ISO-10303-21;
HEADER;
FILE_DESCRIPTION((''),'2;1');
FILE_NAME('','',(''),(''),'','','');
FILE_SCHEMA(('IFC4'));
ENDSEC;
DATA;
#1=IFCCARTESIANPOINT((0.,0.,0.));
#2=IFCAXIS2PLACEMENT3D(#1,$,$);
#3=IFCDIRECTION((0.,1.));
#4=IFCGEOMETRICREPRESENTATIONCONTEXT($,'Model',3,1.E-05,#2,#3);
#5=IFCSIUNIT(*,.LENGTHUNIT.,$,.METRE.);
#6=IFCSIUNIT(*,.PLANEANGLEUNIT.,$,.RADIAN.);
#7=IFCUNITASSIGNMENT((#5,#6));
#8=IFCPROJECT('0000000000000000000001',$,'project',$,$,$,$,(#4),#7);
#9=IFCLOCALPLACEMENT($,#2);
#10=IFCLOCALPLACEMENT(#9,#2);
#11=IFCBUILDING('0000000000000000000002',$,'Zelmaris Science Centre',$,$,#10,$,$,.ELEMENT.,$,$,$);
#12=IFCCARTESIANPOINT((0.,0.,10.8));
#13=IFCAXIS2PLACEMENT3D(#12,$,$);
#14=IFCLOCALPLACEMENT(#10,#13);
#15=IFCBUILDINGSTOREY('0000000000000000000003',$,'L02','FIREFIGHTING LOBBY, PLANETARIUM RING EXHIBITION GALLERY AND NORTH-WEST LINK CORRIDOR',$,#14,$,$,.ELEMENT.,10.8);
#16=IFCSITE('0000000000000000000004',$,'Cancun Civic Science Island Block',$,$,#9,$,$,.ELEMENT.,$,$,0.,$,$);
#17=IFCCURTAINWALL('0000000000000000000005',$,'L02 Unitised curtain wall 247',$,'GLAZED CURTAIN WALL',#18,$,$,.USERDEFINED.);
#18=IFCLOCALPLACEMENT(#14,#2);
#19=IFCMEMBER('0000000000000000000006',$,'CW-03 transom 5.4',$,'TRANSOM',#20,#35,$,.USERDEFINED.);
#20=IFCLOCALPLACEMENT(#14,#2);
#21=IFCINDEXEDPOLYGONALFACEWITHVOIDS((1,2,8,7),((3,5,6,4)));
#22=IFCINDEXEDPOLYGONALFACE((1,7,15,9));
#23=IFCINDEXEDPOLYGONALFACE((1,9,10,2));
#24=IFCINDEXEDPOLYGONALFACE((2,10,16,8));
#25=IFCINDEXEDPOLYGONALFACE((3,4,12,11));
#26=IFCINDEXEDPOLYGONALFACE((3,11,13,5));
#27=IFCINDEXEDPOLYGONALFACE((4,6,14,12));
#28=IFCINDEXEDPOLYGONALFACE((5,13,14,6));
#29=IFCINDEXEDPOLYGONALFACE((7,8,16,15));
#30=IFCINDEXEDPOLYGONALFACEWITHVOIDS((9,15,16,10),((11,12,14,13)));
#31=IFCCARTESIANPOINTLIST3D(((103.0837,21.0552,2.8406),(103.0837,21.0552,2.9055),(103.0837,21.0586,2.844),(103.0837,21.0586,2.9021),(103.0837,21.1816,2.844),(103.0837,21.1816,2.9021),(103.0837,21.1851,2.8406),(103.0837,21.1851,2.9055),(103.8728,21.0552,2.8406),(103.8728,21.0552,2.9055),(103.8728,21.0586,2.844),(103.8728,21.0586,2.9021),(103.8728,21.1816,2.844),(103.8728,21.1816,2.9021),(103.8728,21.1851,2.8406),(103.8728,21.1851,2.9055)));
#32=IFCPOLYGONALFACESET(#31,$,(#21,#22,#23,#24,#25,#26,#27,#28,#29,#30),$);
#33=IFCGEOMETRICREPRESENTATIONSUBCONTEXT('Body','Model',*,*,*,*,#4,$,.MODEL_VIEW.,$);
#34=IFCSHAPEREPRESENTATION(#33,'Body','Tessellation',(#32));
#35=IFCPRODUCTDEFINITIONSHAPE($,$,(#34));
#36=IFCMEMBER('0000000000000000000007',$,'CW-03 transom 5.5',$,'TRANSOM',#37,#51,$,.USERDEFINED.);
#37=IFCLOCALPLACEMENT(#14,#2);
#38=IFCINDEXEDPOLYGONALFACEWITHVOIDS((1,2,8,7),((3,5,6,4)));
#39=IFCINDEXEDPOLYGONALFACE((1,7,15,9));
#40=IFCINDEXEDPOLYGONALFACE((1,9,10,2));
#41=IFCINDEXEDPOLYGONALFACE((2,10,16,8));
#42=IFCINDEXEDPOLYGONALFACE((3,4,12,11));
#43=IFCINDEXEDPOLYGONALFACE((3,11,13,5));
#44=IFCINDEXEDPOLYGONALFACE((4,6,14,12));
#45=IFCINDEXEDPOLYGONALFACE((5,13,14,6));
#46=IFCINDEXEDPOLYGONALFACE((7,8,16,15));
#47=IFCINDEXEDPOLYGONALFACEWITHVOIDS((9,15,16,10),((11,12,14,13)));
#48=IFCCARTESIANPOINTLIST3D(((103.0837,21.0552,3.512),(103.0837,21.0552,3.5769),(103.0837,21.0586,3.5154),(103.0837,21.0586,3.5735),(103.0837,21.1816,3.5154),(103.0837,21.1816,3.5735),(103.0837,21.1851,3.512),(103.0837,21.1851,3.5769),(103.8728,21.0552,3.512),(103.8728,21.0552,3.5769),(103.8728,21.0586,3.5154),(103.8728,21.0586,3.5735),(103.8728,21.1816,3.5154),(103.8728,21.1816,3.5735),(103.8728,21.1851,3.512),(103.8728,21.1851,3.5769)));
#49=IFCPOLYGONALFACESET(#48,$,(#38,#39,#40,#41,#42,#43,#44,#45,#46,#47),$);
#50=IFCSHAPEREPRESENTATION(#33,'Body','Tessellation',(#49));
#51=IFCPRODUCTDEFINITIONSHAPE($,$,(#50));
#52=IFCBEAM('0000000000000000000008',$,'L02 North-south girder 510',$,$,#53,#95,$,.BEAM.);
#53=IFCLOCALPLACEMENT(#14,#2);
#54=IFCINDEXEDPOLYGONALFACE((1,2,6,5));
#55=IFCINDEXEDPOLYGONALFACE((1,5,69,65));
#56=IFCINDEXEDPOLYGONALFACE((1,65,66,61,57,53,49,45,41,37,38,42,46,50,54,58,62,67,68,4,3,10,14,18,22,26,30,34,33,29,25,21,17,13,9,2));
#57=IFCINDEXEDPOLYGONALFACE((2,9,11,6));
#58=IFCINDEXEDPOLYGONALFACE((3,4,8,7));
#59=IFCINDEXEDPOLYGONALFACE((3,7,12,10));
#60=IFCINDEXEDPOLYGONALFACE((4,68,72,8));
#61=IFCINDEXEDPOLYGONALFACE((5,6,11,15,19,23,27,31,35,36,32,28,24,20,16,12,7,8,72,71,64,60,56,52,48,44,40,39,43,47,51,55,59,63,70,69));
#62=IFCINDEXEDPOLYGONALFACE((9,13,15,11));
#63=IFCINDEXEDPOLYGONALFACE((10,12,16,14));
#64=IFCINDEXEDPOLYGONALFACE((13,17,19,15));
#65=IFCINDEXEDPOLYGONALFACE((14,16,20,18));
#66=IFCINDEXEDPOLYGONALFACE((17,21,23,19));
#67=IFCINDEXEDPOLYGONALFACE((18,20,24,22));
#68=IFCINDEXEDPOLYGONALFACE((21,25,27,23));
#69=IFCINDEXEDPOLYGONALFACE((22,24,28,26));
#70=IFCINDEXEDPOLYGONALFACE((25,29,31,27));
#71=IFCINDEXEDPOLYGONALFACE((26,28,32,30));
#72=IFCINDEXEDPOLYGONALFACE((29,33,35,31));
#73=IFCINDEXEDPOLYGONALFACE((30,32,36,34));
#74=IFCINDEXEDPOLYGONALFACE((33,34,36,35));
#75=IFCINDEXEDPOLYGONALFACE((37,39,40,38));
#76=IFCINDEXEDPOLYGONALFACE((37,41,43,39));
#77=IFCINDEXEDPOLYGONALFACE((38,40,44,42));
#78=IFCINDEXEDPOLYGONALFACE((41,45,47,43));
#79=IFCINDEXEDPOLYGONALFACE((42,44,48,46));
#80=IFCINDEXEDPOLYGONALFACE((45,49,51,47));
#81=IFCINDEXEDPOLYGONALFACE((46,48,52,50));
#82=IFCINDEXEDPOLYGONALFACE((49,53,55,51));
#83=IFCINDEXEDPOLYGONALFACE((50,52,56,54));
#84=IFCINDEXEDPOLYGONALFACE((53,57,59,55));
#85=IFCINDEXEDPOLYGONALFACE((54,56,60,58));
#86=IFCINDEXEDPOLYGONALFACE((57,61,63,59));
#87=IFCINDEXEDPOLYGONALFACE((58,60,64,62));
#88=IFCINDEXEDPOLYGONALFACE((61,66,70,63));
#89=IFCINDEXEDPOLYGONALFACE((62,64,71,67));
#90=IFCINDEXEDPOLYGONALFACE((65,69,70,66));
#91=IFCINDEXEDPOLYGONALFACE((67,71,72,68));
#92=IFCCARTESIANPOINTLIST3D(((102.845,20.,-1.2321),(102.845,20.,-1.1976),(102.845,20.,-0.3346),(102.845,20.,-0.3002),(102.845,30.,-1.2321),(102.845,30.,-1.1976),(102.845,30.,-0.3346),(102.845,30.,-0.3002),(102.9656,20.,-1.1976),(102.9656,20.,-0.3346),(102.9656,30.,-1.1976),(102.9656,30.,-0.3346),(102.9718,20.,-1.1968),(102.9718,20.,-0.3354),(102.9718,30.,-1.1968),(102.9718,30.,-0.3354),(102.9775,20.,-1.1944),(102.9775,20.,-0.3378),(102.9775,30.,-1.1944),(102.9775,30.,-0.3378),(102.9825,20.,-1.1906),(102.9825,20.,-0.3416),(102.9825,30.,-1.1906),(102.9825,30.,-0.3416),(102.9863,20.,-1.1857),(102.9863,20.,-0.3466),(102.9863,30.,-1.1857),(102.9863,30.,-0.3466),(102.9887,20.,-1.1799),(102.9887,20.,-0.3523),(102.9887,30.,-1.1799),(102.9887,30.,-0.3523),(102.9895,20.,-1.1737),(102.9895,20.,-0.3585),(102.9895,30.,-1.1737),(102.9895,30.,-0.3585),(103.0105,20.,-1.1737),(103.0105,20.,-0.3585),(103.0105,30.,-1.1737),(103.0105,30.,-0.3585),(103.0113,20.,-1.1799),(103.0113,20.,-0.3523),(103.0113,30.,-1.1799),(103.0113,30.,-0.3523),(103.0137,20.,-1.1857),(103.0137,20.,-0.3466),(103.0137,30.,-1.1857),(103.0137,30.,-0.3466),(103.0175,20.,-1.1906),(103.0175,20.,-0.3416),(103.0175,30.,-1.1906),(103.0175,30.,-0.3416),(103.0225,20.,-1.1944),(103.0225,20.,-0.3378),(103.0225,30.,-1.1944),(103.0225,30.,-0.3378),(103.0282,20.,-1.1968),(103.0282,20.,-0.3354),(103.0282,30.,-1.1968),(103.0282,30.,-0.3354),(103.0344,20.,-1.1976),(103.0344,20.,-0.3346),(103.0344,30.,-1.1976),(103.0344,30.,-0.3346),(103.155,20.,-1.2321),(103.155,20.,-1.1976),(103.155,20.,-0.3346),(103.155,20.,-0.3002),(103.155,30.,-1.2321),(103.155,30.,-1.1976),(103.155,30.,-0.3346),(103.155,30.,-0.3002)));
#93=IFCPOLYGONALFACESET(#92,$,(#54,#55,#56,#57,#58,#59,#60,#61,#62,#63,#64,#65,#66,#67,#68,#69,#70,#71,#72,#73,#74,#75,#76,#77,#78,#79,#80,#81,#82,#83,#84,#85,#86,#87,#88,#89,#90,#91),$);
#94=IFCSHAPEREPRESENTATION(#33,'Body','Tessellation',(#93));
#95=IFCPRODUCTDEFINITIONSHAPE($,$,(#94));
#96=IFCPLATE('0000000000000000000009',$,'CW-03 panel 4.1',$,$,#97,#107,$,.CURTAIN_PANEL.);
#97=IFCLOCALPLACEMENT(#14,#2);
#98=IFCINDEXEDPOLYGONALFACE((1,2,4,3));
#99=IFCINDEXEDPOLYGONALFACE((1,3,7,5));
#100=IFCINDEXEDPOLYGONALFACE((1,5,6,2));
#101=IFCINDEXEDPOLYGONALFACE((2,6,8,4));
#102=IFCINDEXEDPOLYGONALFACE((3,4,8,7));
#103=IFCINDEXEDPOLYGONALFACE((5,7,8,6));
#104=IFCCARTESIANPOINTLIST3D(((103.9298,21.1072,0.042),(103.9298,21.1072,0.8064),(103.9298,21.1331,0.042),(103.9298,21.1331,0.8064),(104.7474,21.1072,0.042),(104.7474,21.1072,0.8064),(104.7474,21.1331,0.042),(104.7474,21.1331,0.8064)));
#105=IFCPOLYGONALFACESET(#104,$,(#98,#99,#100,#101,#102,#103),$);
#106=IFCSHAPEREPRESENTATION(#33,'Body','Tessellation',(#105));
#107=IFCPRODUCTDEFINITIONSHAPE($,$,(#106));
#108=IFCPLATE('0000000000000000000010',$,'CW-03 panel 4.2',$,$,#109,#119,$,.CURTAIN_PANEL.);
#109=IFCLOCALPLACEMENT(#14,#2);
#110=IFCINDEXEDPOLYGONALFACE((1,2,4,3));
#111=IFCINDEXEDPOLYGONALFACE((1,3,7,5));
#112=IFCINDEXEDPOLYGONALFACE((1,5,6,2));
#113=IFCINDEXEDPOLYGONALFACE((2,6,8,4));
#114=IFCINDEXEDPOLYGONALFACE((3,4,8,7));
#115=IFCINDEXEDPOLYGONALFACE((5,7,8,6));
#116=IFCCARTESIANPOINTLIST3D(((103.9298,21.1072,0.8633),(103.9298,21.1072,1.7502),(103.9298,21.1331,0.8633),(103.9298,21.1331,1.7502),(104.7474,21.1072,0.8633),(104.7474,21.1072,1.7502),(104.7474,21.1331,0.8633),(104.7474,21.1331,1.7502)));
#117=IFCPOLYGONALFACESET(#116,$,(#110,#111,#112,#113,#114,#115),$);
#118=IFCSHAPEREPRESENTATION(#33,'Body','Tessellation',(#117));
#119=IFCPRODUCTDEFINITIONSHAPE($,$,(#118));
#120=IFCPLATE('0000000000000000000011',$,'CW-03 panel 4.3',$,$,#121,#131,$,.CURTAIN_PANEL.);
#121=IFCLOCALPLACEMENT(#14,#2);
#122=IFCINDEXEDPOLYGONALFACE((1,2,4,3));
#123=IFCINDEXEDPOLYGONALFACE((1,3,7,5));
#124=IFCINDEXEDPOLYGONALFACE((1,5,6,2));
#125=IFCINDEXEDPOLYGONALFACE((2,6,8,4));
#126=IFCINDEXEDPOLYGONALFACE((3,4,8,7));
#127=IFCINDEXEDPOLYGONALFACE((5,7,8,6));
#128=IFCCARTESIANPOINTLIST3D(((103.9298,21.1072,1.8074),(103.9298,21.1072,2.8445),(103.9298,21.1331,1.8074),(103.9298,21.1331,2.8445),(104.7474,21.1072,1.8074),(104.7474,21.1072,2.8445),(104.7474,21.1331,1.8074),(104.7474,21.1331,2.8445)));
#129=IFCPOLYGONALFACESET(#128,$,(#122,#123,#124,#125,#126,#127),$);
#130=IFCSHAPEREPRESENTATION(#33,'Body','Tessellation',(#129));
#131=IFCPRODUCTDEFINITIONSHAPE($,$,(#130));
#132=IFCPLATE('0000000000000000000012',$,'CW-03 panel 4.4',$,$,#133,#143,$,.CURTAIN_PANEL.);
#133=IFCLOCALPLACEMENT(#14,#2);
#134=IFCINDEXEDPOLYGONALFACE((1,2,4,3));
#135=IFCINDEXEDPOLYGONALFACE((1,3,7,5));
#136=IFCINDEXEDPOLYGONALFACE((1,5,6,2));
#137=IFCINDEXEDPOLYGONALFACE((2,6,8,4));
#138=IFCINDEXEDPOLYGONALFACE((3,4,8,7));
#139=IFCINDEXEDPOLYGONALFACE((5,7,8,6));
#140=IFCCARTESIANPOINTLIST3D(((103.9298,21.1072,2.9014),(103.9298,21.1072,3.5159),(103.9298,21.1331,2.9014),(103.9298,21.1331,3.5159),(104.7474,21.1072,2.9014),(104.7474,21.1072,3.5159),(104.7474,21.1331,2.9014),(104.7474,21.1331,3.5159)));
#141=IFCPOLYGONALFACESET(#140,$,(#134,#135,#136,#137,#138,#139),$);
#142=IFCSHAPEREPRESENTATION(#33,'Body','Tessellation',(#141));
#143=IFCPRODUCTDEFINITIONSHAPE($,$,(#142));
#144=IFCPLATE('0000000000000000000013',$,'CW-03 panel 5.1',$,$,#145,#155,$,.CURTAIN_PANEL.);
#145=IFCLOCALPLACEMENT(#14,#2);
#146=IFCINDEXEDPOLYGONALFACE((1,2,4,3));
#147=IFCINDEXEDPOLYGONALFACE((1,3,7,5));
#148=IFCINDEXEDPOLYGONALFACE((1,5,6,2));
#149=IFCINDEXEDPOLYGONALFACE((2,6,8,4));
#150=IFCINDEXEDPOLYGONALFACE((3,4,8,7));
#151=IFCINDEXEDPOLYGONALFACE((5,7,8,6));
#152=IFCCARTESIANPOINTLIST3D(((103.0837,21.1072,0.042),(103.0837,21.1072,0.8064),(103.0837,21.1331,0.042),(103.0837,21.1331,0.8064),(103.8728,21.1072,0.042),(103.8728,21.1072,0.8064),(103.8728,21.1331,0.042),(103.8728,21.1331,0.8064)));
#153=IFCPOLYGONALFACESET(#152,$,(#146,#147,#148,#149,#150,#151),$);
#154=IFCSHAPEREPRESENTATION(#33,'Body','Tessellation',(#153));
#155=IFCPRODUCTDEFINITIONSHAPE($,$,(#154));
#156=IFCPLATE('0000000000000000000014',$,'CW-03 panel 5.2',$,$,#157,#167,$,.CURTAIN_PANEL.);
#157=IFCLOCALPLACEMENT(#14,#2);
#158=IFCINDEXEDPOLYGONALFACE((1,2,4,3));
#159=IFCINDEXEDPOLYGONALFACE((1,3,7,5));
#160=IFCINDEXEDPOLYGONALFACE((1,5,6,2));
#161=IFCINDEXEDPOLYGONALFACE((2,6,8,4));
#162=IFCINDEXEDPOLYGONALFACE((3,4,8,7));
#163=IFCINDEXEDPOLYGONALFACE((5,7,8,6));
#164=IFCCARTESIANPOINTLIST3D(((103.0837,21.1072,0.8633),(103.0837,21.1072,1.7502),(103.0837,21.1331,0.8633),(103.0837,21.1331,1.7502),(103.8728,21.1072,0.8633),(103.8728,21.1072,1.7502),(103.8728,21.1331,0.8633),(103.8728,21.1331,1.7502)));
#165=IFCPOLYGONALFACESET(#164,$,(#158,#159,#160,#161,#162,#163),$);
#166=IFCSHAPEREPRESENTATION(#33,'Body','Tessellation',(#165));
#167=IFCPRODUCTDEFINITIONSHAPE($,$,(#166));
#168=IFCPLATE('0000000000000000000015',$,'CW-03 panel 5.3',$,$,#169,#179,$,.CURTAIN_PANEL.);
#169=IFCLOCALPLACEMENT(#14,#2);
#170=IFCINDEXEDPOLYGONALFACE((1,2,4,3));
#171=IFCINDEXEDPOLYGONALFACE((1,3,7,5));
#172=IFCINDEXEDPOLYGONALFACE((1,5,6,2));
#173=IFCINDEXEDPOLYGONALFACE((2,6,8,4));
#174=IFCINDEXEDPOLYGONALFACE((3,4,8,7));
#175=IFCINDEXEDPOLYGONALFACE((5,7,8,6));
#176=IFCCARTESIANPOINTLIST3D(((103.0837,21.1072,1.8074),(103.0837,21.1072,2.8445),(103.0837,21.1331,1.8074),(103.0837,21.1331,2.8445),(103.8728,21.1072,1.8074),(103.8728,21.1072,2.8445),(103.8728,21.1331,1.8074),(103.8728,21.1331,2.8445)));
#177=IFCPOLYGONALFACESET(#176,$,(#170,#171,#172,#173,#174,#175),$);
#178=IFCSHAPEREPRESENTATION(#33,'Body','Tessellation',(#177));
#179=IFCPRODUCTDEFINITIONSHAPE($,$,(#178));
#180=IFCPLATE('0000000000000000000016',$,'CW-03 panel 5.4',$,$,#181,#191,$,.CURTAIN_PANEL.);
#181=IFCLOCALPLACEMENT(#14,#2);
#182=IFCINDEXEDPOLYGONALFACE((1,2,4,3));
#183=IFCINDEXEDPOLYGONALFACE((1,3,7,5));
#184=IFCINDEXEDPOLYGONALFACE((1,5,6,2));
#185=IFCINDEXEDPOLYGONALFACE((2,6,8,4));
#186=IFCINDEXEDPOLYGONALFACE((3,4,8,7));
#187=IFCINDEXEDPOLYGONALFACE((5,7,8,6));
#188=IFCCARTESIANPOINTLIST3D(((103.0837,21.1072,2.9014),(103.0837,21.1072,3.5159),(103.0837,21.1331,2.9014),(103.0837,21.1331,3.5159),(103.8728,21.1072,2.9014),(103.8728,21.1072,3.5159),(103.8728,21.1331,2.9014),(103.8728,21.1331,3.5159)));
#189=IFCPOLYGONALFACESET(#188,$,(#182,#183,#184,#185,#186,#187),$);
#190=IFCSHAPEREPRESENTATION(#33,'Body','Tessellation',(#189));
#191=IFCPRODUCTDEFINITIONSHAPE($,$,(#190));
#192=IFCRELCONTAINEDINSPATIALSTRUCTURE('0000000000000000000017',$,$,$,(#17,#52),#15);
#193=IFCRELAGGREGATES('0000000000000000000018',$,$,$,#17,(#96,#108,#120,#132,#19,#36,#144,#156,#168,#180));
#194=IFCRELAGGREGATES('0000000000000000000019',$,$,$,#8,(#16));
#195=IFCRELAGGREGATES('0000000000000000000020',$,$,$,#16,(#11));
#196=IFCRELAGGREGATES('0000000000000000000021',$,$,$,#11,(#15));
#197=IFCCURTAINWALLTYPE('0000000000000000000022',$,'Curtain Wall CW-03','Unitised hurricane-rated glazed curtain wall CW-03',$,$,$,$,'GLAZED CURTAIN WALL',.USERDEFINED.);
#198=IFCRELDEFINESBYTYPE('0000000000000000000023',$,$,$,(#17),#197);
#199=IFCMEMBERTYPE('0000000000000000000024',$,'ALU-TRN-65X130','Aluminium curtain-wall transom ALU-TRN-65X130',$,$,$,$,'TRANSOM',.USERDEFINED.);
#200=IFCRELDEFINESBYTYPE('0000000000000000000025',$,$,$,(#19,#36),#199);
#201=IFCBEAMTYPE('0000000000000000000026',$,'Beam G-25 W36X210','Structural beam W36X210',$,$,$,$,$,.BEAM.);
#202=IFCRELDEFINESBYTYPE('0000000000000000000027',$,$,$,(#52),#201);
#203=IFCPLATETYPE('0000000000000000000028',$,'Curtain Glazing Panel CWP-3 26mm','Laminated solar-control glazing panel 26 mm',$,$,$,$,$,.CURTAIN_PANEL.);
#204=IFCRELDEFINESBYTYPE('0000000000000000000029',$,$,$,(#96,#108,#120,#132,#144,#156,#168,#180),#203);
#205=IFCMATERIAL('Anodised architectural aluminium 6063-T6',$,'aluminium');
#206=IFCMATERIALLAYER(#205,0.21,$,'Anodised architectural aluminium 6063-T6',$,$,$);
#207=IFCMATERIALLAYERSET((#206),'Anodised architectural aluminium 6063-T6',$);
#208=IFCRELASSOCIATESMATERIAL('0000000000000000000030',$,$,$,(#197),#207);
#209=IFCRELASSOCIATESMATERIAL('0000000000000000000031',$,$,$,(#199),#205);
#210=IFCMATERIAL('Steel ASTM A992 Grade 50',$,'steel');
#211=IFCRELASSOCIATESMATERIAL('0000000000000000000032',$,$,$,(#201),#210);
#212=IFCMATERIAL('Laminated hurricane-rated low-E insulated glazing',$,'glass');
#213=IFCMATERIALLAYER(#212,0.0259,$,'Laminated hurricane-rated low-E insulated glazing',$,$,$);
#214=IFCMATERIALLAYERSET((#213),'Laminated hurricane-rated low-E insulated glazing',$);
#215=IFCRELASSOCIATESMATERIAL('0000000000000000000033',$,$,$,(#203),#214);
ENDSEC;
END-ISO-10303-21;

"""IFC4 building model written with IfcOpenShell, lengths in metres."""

from ifc_helpers import new_model, si_unit, direction, frame, origin, origin_2d, place, context, subcontext, project, spatial, rectangle, hollow_rectangle, i_section, extrude, material, layer, layer_set, material_profile, profile_set, type_object, element, aggregate, save


model = new_model("IFC4")

# Units and contexts
model_context = context("Model", 3, precision=1e-05, world=origin(), true_north=direction((0.0, 1.0)))
body_context = subcontext(model_context, "Body", "Model", "MODEL_VIEW")
ifc_project = project(units=[si_unit("LENGTHUNIT", "METRE"), si_unit("PLANEANGLEUNIT", "RADIAN")], contexts=[model_context])

# Site, building, storey
site_placement = place(None, origin())
site = spatial("IfcSite", under=ifc_project, at=site_placement, Name="Cancun Civic Science Island Block", CompositionType="ELEMENT", RefElevation=0.0)
building_placement = place(site_placement, origin())
building = spatial("IfcBuilding", under=site, at=building_placement, Name="Zelmaris Science Centre", CompositionType="ELEMENT")
storey_placement = place(building_placement, frame((0.0, 0.0, 10.8)))
storey = spatial("IfcBuildingStorey", under=building, at=storey_placement, Name="L02", Description="FIREFIGHTING LOBBY, PLANETARIUM RING EXHIBITION GALLERY AND NORTH-WEST LINK CORRIDOR", CompositionType="ELEMENT", Elevation=10.8)

# Shared definitions
ifc_material_1 = material(Name="Steel ASTM A992 Grade 50", Category="steel")

# Curtain wall, members
ifc_material_2 = material(Name="Anodised architectural aluminium 6063-T6", Category="aluminium")
ifc_layer_1 = layer(ifc_material_2, 0.21, Name="Anodised architectural aluminium 6063-T6")
ifc_layer_set_1 = layer_set([ifc_layer_1], Name="Anodised architectural aluminium 6063-T6")
curtain_wall_type = type_object("IfcCurtainWallType", Name="Curtain Wall CW-03", Description="Unitised hurricane-rated glazed curtain wall CW-03", ElementType="GLAZED CURTAIN WALL", PredefinedType="USERDEFINED", material=ifc_layer_set_1)
curtain_wall_placement = place(storey_placement, origin())
curtain_wall = element("IfcCurtainWall", 1, at=curtain_wall_placement, inside=storey, type_object=curtain_wall_type, Name="L02 Unitised curtain wall 247", ObjectType="GLAZED CURTAIN WALL", PredefinedType="USERDEFINED")
ifc_material_profile_1 = material_profile(ifc_material_2, hollow_rectangle(XDim=0.0649, YDim=0.1299, WallThickness=0.0034, at=origin_2d()), Name="ALU-TRN-65X130")
ifc_profile_set_1 = profile_set([ifc_material_profile_1], Name="Anodised architectural aluminium 6063-T6")
member_type_1 = type_object("IfcMemberType", Name="ALU-TRN-65X130", Description="Aluminium curtain-wall transom ALU-TRN-65X130", ElementType="TRANSOM", PredefinedType="USERDEFINED", material=ifc_profile_set_1)
member_1_placement = place(storey_placement, frame((103.8728, 21.1201, 2.873), z_axis=(-1.0, 0.0, 0.0), x_axis=(0.0, 0.0, 1.0)))
member_1 = element("IfcMember", 2, at=member_1_placement, type_object=member_type_1, Name="CW-03 transom 5.4", ObjectType="TRANSOM", PredefinedType="USERDEFINED", context=body_context, shape_type="SweptSolid", body=[
    extrude(hollow_rectangle(XDim=0.0649, YDim=0.1299, WallThickness=0.0034, at=origin_2d()), origin(), (0.0, 0.0, 1.0), 0.7891),
])
member_2_placement = place(storey_placement, frame((103.8728, 21.1201, 3.5444), z_axis=(-1.0, 0.0, 0.0), x_axis=(0.0, 0.0, 1.0)))
member_2 = element("IfcMember", 3, at=member_2_placement, type_object=member_type_1, Name="CW-03 transom 5.5", ObjectType="TRANSOM", PredefinedType="USERDEFINED", context=body_context, shape_type="SweptSolid", body=[
    extrude(hollow_rectangle(XDim=0.0649, YDim=0.1299, WallThickness=0.0034, at=origin_2d()), origin(), (0.0, 0.0, 1.0), 0.7891),
])

# Beam
ifc_material_profile_2 = material_profile(ifc_material_1, i_section(OverallWidth=0.3101, OverallDepth=0.9319, WebThickness=0.021, FlangeThickness=0.0344, FilletRadius=0.0239, at=origin_2d()), Name="W36X210")
ifc_profile_set_2 = profile_set([ifc_material_profile_2], Name="Steel ASTM A992 Grade 50")
beam_type = type_object("IfcBeamType", Name="Beam G-25 W36X210", Description="Structural beam W36X210", PredefinedType="BEAM", material=ifc_profile_set_2)
beam_placement = place(storey_placement, frame((103.0, 20.0, -0.7661), z_axis=(0.0, 1.0, 0.0), x_axis=(-1.0, 0.0, 0.0)))
element("IfcBeam", 4, at=beam_placement, inside=storey, type_object=beam_type, Name="L02 North-south girder 510", PredefinedType="BEAM", context=body_context, shape_type="SweptSolid", body=[
    extrude(i_section(OverallWidth=0.3101, OverallDepth=0.9319, WebThickness=0.021, FlangeThickness=0.0344, FilletRadius=0.0239, at=origin_2d()), origin(), (0.0, 0.0, 1.0), 10.0),
])

# Plates
ifc_material_3 = material(Name="Laminated hurricane-rated low-E insulated glazing", Category="glass")
ifc_layer_2 = layer(ifc_material_3, 0.0259, Name="Laminated hurricane-rated low-E insulated glazing")
ifc_layer_set_2 = layer_set([ifc_layer_2], Name="Laminated hurricane-rated low-E insulated glazing")
plate_type = type_object("IfcPlateType", Name="Curtain Glazing Panel CWP-3 26mm", Description="Laminated solar-control glazing panel 26 mm", PredefinedType="CURTAIN_PANEL", material=ifc_layer_set_2)
plate_1_placement = place(storey_placement, frame((104.3386, 21.1201, 0.042), z_axis=(0.0, 0.0, 1.0), x_axis=(-1.0, 0.0, 0.0)))
plate_1 = element("IfcPlate", 5, at=plate_1_placement, type_object=plate_type, Name="CW-03 panel 4.1", PredefinedType="CURTAIN_PANEL", context=body_context, shape_type="SweptSolid", body=[
    extrude(rectangle(XDim=0.8176, YDim=0.0259, at=origin_2d()), origin(), (0.0, 0.0, 1.0), 0.7644),
])
plate_2_placement = place(storey_placement, frame((104.3386, 21.1201, 0.8633), z_axis=(0.0, 0.0, 1.0), x_axis=(-1.0, 0.0, 0.0)))
plate_2 = element("IfcPlate", 6, at=plate_2_placement, type_object=plate_type, Name="CW-03 panel 4.2", PredefinedType="CURTAIN_PANEL", context=body_context, shape_type="SweptSolid", body=[
    extrude(rectangle(XDim=0.8176, YDim=0.0259, at=origin_2d()), origin(), (0.0, 0.0, 1.0), 0.887),
])
plate_3_placement = place(storey_placement, frame((104.3386, 21.1201, 1.8074), z_axis=(0.0, 0.0, 1.0), x_axis=(-1.0, 0.0, 0.0)))
plate_3 = element("IfcPlate", 7, at=plate_3_placement, type_object=plate_type, Name="CW-03 panel 4.3", PredefinedType="CURTAIN_PANEL", context=body_context, shape_type="SweptSolid", body=[
    extrude(rectangle(XDim=0.8176, YDim=0.0259, at=origin_2d()), origin(), (0.0, 0.0, 1.0), 1.0371),
])
plate_4_placement = place(storey_placement, frame((104.3386, 21.1201, 2.9014), z_axis=(0.0, 0.0, 1.0), x_axis=(-1.0, 0.0, 0.0)))
plate_4 = element("IfcPlate", 8, at=plate_4_placement, type_object=plate_type, Name="CW-03 panel 4.4", PredefinedType="CURTAIN_PANEL", context=body_context, shape_type="SweptSolid", body=[
    extrude(rectangle(XDim=0.8176, YDim=0.0259, at=origin_2d()), origin(), (0.0, 0.0, 1.0), 0.6145),
])
plate_5_placement = place(storey_placement, frame((103.4783, 21.1201, 0.042), z_axis=(0.0, 0.0, 1.0), x_axis=(-1.0, 0.0, 0.0)))
plate_5 = element("IfcPlate", 9, at=plate_5_placement, type_object=plate_type, Name="CW-03 panel 5.1", PredefinedType="CURTAIN_PANEL", context=body_context, shape_type="SweptSolid", body=[
    extrude(rectangle(XDim=0.7891, YDim=0.0259, at=origin_2d()), origin(), (0.0, 0.0, 1.0), 0.7644),
])
plate_6_placement = place(storey_placement, frame((103.4783, 21.1201, 0.8633), z_axis=(0.0, 0.0, 1.0), x_axis=(-1.0, 0.0, 0.0)))
plate_6 = element("IfcPlate", 10, at=plate_6_placement, type_object=plate_type, Name="CW-03 panel 5.2", PredefinedType="CURTAIN_PANEL", context=body_context, shape_type="SweptSolid", body=[
    extrude(rectangle(XDim=0.7891, YDim=0.0259, at=origin_2d()), origin(), (0.0, 0.0, 1.0), 0.887),
])
plate_7_placement = place(storey_placement, frame((103.4783, 21.1201, 1.8074), z_axis=(0.0, 0.0, 1.0), x_axis=(-1.0, 0.0, 0.0)))
plate_7 = element("IfcPlate", 11, at=plate_7_placement, type_object=plate_type, Name="CW-03 panel 5.3", PredefinedType="CURTAIN_PANEL", context=body_context, shape_type="SweptSolid", body=[
    extrude(rectangle(XDim=0.7891, YDim=0.0259, at=origin_2d()), origin(), (0.0, 0.0, 1.0), 1.0371),
])
plate_8_placement = place(storey_placement, frame((103.4783, 21.1201, 2.9014), z_axis=(0.0, 0.0, 1.0), x_axis=(-1.0, 0.0, 0.0)))
plate_8 = element("IfcPlate", 12, at=plate_8_placement, type_object=plate_type, Name="CW-03 panel 5.4", PredefinedType="CURTAIN_PANEL", context=body_context, shape_type="SweptSolid", body=[
    extrude(rectangle(XDim=0.7891, YDim=0.0259, at=origin_2d()), origin(), (0.0, 0.0, 1.0), 0.6145),
])
aggregate(curtain_wall, [plate_1, plate_2, plate_3, plate_4, member_1, member_2, plate_5, plate_6, plate_7, plate_8])

save(model, "model.ifc")
